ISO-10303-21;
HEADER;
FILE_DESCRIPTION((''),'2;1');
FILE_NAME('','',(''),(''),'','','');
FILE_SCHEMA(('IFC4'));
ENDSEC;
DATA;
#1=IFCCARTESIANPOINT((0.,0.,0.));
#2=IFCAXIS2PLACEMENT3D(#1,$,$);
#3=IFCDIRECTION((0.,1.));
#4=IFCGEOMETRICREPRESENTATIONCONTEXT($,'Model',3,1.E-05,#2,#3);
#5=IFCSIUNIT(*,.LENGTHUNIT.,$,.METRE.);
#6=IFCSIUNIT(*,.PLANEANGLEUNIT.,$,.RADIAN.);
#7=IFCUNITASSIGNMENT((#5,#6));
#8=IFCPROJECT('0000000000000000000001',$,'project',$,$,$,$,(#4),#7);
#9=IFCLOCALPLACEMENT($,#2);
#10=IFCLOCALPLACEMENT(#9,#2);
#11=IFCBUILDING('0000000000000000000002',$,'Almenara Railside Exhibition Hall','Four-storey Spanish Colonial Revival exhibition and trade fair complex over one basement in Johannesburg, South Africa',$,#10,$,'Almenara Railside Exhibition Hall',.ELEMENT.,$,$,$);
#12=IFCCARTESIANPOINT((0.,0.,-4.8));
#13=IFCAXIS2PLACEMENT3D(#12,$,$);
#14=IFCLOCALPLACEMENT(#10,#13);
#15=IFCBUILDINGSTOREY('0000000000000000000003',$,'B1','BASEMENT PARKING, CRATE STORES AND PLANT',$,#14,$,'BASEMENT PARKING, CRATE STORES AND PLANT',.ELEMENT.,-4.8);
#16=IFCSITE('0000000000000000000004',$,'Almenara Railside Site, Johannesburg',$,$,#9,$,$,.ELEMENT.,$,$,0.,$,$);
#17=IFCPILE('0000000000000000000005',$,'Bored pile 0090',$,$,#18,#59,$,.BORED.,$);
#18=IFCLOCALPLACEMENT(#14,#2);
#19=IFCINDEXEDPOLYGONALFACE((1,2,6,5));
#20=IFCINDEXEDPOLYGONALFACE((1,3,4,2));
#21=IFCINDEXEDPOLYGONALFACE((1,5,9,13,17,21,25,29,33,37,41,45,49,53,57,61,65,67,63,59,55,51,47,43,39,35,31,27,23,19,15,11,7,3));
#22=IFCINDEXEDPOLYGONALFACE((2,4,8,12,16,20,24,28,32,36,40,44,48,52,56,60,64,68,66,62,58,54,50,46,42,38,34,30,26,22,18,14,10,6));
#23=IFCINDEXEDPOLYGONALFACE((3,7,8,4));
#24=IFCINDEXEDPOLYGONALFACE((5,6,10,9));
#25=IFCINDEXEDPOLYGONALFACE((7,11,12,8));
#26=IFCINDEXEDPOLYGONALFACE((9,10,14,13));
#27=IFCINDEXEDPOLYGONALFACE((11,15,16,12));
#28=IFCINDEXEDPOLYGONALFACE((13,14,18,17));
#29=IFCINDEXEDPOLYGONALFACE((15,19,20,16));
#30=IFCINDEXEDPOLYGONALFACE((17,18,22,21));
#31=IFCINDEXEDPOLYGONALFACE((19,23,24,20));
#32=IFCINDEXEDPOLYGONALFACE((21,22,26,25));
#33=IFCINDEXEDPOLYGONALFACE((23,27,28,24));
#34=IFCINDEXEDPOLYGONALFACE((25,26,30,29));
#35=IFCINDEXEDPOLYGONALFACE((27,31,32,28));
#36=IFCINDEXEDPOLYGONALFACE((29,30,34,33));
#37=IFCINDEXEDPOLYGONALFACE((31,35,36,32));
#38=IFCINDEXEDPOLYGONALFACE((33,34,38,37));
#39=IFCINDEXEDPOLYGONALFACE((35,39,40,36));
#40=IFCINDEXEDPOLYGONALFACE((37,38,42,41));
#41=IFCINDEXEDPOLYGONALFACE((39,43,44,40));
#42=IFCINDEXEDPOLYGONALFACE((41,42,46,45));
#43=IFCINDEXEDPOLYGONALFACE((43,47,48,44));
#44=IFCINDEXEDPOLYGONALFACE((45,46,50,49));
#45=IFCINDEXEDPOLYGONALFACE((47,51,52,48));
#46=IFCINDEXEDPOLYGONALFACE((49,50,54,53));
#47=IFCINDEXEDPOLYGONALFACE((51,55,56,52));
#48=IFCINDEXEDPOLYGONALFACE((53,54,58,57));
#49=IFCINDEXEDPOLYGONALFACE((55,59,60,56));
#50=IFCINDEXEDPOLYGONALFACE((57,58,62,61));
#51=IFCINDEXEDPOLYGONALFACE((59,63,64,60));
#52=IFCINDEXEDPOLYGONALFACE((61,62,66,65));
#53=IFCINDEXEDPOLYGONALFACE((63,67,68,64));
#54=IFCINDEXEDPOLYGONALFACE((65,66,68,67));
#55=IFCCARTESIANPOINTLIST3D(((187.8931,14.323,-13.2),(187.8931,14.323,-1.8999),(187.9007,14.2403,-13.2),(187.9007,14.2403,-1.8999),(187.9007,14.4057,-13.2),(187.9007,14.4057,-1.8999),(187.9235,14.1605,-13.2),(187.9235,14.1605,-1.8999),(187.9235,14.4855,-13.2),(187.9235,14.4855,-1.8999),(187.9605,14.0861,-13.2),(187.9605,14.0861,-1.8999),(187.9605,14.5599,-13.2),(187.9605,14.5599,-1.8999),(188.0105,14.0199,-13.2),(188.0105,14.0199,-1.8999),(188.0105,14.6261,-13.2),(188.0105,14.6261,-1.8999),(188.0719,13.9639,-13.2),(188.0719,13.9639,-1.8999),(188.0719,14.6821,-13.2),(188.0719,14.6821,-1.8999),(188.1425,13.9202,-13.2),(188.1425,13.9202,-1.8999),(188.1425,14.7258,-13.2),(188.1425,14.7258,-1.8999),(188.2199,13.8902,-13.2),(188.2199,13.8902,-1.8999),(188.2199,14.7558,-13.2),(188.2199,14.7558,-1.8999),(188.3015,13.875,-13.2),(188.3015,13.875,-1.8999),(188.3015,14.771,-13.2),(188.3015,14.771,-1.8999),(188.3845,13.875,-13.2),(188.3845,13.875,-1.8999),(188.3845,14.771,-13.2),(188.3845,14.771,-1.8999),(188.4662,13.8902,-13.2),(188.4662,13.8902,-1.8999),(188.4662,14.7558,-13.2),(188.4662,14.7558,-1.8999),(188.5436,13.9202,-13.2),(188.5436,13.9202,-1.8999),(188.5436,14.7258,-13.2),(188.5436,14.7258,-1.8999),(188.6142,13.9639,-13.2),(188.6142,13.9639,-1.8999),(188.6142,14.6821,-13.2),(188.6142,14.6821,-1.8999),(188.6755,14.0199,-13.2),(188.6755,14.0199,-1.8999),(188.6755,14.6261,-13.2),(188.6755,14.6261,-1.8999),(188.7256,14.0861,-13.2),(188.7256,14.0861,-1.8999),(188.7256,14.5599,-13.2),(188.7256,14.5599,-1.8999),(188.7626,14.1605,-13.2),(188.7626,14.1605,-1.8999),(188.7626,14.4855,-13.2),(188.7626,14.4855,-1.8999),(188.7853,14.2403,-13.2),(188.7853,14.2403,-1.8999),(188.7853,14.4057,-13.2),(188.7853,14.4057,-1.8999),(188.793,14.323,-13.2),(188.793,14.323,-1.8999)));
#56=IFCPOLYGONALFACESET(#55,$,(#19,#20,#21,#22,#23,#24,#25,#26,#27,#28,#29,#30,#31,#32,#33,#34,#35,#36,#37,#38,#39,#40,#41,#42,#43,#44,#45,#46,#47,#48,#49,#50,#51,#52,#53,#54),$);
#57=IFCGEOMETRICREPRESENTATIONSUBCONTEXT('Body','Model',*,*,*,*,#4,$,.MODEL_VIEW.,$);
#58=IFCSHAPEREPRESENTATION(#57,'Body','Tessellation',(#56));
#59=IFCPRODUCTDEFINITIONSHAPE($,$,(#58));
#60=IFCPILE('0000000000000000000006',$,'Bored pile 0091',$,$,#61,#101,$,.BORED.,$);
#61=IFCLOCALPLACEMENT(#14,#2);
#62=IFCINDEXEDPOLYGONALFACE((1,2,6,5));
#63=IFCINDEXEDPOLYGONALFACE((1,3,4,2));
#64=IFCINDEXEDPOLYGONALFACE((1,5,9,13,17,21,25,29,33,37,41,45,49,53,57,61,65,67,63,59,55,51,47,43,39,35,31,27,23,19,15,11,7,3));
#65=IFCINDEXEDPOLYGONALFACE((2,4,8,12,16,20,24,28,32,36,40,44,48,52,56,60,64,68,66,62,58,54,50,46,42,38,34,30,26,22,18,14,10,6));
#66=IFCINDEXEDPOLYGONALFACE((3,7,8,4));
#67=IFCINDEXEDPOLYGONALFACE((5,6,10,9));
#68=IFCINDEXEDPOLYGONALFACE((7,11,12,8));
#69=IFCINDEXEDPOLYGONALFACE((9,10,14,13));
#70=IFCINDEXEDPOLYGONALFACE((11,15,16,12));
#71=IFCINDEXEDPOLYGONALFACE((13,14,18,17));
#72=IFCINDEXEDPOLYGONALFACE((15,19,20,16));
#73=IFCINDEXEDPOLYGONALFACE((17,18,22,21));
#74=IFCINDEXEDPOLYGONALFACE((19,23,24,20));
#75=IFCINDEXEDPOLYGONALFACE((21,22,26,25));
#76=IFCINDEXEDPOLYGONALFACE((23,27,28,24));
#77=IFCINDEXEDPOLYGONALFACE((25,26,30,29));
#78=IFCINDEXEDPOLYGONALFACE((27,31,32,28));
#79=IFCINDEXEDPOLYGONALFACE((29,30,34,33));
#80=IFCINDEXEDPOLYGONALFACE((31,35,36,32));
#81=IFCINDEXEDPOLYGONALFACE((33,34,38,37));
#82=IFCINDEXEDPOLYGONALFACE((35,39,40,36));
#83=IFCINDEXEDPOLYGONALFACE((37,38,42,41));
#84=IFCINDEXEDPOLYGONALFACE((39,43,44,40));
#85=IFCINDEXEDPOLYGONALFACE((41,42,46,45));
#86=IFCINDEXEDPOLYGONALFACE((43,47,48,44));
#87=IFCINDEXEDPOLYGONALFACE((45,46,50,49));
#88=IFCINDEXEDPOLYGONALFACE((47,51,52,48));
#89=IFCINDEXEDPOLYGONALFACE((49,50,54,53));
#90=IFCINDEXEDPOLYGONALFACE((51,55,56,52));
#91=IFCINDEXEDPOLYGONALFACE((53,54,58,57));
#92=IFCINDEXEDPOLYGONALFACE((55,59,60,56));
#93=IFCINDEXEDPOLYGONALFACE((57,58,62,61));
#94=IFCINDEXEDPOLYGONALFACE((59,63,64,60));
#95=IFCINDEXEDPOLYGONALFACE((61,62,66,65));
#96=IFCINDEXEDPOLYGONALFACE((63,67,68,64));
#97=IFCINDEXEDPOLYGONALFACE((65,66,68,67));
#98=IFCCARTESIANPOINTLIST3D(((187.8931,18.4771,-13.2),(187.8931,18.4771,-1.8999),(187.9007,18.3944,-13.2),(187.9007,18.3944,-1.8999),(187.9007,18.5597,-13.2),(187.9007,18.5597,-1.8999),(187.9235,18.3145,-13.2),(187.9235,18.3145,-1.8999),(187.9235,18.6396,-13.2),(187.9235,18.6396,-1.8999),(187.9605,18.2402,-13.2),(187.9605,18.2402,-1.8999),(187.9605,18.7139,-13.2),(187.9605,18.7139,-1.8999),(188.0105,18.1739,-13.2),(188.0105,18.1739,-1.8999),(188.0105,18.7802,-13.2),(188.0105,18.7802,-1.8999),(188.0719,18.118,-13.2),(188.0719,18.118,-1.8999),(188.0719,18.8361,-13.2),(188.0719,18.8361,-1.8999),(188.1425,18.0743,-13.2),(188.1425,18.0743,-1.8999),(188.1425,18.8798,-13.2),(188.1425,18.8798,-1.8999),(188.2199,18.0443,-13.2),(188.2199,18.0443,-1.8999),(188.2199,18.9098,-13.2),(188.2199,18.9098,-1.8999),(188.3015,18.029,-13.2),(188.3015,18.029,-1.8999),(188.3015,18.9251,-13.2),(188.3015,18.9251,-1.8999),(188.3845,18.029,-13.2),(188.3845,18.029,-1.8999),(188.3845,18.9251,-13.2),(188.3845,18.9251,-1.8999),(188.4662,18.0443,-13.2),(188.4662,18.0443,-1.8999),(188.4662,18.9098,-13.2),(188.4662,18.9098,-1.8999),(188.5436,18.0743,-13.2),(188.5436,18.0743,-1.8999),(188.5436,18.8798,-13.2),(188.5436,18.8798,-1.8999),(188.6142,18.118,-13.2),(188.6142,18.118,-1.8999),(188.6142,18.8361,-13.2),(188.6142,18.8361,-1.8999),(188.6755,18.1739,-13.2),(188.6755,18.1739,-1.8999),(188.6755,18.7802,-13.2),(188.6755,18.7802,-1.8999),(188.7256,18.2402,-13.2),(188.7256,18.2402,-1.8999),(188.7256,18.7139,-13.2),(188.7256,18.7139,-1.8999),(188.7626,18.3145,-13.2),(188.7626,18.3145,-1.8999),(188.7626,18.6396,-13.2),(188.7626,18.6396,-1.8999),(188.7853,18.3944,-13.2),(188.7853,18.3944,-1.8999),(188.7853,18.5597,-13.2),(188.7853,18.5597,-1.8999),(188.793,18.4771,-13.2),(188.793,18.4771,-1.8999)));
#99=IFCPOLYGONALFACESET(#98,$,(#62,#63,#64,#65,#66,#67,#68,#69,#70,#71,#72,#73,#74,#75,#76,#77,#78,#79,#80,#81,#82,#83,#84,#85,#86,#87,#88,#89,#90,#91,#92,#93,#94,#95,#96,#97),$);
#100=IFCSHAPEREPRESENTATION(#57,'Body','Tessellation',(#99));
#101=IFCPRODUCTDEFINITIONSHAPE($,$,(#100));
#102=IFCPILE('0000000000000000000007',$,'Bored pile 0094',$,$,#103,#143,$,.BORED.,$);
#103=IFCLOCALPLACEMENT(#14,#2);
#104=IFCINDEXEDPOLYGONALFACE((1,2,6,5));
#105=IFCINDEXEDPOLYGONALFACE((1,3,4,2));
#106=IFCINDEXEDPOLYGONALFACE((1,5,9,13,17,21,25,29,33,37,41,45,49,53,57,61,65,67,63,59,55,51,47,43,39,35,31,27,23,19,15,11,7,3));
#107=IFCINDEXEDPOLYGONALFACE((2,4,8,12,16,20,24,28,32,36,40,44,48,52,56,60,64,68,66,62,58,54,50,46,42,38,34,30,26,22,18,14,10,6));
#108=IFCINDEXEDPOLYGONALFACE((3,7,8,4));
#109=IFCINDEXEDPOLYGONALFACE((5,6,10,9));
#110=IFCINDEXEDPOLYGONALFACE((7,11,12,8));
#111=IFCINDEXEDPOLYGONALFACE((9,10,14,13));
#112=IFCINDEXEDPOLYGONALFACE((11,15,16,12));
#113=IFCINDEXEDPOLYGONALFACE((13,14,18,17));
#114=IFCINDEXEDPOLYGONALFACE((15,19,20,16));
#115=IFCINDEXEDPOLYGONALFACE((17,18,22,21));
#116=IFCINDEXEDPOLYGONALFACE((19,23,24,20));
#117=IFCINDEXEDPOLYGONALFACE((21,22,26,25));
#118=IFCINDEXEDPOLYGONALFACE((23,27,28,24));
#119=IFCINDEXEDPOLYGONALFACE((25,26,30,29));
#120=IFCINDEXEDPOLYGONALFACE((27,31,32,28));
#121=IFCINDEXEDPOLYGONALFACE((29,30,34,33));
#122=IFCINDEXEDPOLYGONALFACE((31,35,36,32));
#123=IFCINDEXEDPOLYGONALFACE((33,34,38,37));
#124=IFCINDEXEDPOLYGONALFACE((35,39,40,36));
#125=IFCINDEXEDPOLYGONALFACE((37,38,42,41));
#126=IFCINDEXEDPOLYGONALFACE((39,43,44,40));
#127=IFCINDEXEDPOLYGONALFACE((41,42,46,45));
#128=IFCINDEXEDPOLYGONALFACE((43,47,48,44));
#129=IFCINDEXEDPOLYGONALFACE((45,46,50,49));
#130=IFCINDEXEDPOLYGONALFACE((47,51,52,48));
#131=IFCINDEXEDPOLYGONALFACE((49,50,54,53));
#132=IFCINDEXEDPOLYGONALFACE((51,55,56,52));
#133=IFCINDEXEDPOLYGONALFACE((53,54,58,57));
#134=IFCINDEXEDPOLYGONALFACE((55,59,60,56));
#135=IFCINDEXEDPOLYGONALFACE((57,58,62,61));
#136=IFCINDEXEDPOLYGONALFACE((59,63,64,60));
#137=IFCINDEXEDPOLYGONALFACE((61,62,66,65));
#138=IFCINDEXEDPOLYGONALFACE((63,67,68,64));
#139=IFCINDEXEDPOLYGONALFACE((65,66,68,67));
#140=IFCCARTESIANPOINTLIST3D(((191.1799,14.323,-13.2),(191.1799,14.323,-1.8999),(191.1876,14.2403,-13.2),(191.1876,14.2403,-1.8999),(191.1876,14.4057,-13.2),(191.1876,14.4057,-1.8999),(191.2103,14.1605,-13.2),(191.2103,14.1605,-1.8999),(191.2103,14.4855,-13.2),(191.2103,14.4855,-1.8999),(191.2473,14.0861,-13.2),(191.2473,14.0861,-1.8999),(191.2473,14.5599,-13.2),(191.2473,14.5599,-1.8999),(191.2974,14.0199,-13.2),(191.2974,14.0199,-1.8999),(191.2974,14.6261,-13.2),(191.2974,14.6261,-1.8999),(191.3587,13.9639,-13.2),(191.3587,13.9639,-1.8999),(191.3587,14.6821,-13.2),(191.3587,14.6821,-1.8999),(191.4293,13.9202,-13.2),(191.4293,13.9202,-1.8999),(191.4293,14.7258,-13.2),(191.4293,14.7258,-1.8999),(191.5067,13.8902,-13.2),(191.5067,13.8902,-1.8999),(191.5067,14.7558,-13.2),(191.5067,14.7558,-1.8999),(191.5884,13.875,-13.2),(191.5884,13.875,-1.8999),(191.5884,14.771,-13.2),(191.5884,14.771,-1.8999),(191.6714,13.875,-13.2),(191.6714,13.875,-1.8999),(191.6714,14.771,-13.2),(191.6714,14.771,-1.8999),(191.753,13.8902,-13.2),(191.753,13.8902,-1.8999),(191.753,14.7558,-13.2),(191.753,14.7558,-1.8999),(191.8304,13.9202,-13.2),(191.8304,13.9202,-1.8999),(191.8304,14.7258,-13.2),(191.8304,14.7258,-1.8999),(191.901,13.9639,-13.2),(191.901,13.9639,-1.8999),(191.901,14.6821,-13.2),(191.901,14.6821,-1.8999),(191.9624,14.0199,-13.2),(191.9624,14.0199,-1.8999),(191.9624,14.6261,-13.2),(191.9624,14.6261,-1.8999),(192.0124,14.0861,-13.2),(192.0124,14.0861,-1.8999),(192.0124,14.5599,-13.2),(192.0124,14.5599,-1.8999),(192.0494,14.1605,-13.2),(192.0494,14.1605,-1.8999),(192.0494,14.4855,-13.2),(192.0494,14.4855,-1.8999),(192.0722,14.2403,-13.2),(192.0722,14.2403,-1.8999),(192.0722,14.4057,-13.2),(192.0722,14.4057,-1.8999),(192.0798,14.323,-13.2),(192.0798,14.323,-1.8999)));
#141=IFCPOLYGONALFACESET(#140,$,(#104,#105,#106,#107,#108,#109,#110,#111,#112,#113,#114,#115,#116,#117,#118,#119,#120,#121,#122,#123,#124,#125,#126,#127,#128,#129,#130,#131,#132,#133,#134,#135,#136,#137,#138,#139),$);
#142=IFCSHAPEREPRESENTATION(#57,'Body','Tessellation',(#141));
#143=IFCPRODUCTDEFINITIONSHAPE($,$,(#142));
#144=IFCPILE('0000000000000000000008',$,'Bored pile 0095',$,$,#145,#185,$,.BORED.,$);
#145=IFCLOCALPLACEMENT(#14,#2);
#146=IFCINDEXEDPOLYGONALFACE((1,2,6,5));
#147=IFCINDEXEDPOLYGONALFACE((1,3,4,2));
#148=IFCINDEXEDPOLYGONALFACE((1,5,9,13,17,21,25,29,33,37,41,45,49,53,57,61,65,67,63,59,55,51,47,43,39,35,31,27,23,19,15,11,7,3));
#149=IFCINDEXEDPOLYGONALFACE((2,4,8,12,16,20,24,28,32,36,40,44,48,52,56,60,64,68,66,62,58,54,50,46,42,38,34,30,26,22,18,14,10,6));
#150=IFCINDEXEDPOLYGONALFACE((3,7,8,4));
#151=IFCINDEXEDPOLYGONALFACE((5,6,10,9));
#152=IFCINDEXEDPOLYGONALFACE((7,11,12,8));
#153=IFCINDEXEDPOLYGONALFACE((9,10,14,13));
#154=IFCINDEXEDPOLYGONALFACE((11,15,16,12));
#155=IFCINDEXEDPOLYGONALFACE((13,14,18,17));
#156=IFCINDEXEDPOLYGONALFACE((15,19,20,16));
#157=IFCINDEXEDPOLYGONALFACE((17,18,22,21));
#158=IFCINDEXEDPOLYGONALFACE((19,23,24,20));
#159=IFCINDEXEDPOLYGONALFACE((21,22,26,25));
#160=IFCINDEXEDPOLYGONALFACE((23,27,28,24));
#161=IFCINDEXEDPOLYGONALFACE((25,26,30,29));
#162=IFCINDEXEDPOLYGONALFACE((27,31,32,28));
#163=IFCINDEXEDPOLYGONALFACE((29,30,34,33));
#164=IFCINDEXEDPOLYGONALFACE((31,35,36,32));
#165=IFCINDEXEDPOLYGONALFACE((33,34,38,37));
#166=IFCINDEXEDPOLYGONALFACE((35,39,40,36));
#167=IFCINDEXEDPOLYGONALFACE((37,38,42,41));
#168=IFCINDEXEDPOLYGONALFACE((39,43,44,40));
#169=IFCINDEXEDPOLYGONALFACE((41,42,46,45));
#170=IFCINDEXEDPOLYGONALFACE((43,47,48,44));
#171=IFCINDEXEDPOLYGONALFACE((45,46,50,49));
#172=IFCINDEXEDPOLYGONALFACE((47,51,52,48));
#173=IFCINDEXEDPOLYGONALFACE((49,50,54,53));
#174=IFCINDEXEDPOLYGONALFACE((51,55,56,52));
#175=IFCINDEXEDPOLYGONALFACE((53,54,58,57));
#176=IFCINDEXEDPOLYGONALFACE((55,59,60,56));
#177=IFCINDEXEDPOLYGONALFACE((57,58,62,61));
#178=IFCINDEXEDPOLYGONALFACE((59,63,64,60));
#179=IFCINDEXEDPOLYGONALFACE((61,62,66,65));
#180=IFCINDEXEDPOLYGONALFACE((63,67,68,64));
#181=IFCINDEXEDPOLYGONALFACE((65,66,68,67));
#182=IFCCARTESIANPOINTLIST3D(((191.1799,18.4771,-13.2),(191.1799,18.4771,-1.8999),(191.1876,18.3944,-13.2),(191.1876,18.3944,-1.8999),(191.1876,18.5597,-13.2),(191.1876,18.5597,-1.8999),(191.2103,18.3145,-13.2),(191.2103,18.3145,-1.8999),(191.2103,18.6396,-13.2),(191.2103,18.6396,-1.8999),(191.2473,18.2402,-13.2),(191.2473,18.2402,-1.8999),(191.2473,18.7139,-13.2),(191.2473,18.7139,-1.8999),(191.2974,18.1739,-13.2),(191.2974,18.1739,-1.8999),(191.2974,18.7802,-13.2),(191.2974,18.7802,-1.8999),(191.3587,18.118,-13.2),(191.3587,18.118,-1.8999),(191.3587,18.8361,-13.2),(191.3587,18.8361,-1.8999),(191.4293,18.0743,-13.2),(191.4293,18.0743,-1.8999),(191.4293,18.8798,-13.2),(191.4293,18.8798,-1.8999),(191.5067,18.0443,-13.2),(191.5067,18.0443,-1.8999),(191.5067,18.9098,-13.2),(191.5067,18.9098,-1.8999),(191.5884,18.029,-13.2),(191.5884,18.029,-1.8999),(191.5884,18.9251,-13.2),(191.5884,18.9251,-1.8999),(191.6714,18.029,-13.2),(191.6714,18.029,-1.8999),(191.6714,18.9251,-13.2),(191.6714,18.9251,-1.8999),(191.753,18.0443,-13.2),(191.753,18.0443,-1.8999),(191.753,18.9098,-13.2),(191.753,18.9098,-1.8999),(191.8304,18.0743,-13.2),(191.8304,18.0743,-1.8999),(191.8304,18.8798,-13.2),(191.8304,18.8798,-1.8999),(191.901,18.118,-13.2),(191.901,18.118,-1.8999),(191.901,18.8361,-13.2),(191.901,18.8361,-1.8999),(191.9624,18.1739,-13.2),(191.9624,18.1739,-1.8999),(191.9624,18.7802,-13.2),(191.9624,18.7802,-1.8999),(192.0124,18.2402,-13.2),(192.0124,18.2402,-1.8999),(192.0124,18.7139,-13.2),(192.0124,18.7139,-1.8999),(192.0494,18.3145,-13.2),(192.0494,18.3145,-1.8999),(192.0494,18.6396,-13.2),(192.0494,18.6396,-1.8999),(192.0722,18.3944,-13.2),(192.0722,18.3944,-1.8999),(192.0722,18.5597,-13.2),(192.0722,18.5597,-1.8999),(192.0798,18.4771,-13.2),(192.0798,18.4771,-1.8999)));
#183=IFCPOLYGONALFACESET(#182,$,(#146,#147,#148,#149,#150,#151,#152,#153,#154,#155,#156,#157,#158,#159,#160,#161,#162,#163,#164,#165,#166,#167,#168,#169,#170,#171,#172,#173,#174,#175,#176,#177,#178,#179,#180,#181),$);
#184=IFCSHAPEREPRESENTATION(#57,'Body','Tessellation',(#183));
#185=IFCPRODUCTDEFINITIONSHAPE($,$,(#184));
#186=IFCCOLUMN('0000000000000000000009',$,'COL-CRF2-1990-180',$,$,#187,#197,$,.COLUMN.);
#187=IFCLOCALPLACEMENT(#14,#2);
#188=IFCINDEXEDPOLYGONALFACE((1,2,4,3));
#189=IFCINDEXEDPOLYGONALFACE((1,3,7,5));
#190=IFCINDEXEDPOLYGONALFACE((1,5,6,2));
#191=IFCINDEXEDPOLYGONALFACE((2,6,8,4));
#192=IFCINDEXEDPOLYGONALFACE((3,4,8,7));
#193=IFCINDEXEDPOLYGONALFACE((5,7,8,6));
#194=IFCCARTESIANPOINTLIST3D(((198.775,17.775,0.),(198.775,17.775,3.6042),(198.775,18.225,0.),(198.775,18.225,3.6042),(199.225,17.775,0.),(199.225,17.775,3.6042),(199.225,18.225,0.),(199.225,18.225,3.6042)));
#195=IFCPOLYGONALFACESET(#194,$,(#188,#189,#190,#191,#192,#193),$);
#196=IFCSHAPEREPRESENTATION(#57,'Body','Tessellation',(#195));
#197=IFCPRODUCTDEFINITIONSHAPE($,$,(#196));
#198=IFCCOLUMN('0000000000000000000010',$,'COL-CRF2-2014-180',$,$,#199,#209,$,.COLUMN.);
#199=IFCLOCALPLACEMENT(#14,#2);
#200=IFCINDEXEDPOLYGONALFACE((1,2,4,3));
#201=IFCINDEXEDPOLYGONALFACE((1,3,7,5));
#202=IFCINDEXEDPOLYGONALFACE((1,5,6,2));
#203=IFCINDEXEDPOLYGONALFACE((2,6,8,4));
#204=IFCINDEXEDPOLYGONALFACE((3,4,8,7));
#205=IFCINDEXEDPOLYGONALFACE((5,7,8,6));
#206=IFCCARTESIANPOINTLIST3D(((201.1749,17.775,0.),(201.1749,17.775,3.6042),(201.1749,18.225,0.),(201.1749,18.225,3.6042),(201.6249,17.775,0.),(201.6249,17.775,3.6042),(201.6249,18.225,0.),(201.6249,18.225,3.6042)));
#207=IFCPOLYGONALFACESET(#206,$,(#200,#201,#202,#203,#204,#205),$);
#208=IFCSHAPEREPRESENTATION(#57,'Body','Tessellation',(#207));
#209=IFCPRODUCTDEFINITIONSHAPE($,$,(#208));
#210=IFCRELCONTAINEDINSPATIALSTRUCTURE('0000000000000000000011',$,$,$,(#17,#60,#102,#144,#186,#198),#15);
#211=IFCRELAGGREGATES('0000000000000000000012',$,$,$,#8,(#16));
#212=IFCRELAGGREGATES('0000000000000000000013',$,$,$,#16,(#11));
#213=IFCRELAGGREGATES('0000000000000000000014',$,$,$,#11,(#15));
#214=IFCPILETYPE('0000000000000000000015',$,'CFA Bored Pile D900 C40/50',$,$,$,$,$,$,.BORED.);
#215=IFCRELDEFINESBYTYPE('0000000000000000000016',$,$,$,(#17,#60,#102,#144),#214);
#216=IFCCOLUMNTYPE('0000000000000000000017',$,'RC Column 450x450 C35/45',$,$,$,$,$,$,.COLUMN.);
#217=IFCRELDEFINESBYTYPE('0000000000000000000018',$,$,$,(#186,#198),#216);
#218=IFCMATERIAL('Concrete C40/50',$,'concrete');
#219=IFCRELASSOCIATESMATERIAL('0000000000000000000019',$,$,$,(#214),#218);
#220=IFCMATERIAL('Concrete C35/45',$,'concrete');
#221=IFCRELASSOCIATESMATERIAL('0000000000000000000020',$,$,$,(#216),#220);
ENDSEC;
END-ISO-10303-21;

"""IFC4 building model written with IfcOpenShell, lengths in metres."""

from ifc_helpers import new_model, si_unit, direction, frame, origin, origin_2d, place, context, subcontext, project, spatial, rectangle, circle, extrude, material, material_profile, profile_set, type_object, element, save


model = new_model("IFC4")

# Units and contexts
model_context = context("Model", 3, precision=1e-05, world=origin(), true_north=direction((0.0, 1.0)))
body_context = subcontext(model_context, "Body", "Model", "MODEL_VIEW")
ifc_project = project(units=[si_unit("LENGTHUNIT", "METRE"), si_unit("PLANEANGLEUNIT", "RADIAN")], contexts=[model_context])

# Site, building, storey
site_placement = place(None, origin())
site = spatial("IfcSite", under=ifc_project, at=site_placement, Name="Almenara Railside Site, Johannesburg", CompositionType="ELEMENT", RefElevation=0.0)
building_placement = place(site_placement, origin())
building = spatial("IfcBuilding", under=site, at=building_placement, Name="Almenara Railside Exhibition Hall", Description="Four-storey Spanish Colonial Revival exhibition and trade fair complex over one basement in Johannesburg, South Africa", LongName="Almenara Railside Exhibition Hall", CompositionType="ELEMENT")
storey_placement = place(building_placement, frame((0.0, 0.0, -4.8)))
storey = spatial("IfcBuildingStorey", under=building, at=storey_placement, Name="B1", Description="BASEMENT PARKING, CRATE STORES AND PLANT", LongName="BASEMENT PARKING, CRATE STORES AND PLANT", CompositionType="ELEMENT", Elevation=-4.8)

# Piles
ifc_material_1 = material(Name="Concrete C40/50", Category="concrete")
ifc_material_profile_1 = material_profile(ifc_material_1, circle(Radius=0.45, at=origin_2d()), Name="CFA-PILE D900")
ifc_profile_set_1 = profile_set([ifc_material_profile_1], Name="Concrete C40/50")
pile_type_1 = type_object("IfcPileType", Name="CFA Bored Pile D900 C40/50", PredefinedType="BORED", material=ifc_profile_set_1)
for number, where, z_axis, x_axis, name in (
    (1, (188.343, 14.323, -1.8999), (0.0, 0.0, -1.0), (1.0, 0.0, 0.0), "Bored pile 0090"),
    (2, (188.343, 18.4771, -1.8999), (0.0, 0.0, -1.0), (1.0, 0.0, 0.0), "Bored pile 0091"),
    (3, (191.6299, 14.323, -1.8999), (0.0, 0.0, -1.0), (1.0, 0.0, 0.0), "Bored pile 0094"),
    (4, (191.6299, 18.4771, -1.8999), (0.0, 0.0, -1.0), (1.0, 0.0, 0.0), "Bored pile 0095"),
):
    element("IfcPile", number, at=place(storey_placement, frame(where, z_axis=z_axis, x_axis=x_axis)), inside=storey, type_object=pile_type_1, Name=name, PredefinedType="BORED", context=body_context, shape_type="SweptSolid", body=[
        extrude(circle(Radius=0.45, at=origin_2d()), origin(), (0.0, 0.0, 1.0), 11.3),
    ])

# Columns
ifc_material_2 = material(Name="Concrete C35/45", Category="concrete")
ifc_material_profile_2 = material_profile(ifc_material_2, rectangle(XDim=0.45, YDim=0.45, at=origin_2d()), Name="RC 450x450")
ifc_profile_set_2 = profile_set([ifc_material_profile_2], Name="Concrete C35/45")
column_type_1 = type_object("IfcColumnType", Name="RC Column 450x450 C35/45", PredefinedType="COLUMN", material=ifc_profile_set_2)
for number, where, z_axis, x_axis, name in (
    (5, (199.0, 18.0, 0.0), (0.0, 0.0, 1.0), (1.0, 0.0, 0.0), "COL-CRF2-1990-180"),
    (6, (201.3999, 18.0, 0.0), (0.0, 0.0, 1.0), (1.0, 0.0, 0.0), "COL-CRF2-2014-180"),
):
    element("IfcColumn", number, at=place(storey_placement, frame(where, z_axis=z_axis, x_axis=x_axis)), inside=storey, type_object=column_type_1, Name=name, PredefinedType="COLUMN", context=body_context, shape_type="SweptSolid", body=[
        extrude(rectangle(XDim=0.45, YDim=0.45, at=origin_2d()), origin(), (0.0, 0.0, 1.0), 3.6042),
    ])

save(model, "model.ifc")
